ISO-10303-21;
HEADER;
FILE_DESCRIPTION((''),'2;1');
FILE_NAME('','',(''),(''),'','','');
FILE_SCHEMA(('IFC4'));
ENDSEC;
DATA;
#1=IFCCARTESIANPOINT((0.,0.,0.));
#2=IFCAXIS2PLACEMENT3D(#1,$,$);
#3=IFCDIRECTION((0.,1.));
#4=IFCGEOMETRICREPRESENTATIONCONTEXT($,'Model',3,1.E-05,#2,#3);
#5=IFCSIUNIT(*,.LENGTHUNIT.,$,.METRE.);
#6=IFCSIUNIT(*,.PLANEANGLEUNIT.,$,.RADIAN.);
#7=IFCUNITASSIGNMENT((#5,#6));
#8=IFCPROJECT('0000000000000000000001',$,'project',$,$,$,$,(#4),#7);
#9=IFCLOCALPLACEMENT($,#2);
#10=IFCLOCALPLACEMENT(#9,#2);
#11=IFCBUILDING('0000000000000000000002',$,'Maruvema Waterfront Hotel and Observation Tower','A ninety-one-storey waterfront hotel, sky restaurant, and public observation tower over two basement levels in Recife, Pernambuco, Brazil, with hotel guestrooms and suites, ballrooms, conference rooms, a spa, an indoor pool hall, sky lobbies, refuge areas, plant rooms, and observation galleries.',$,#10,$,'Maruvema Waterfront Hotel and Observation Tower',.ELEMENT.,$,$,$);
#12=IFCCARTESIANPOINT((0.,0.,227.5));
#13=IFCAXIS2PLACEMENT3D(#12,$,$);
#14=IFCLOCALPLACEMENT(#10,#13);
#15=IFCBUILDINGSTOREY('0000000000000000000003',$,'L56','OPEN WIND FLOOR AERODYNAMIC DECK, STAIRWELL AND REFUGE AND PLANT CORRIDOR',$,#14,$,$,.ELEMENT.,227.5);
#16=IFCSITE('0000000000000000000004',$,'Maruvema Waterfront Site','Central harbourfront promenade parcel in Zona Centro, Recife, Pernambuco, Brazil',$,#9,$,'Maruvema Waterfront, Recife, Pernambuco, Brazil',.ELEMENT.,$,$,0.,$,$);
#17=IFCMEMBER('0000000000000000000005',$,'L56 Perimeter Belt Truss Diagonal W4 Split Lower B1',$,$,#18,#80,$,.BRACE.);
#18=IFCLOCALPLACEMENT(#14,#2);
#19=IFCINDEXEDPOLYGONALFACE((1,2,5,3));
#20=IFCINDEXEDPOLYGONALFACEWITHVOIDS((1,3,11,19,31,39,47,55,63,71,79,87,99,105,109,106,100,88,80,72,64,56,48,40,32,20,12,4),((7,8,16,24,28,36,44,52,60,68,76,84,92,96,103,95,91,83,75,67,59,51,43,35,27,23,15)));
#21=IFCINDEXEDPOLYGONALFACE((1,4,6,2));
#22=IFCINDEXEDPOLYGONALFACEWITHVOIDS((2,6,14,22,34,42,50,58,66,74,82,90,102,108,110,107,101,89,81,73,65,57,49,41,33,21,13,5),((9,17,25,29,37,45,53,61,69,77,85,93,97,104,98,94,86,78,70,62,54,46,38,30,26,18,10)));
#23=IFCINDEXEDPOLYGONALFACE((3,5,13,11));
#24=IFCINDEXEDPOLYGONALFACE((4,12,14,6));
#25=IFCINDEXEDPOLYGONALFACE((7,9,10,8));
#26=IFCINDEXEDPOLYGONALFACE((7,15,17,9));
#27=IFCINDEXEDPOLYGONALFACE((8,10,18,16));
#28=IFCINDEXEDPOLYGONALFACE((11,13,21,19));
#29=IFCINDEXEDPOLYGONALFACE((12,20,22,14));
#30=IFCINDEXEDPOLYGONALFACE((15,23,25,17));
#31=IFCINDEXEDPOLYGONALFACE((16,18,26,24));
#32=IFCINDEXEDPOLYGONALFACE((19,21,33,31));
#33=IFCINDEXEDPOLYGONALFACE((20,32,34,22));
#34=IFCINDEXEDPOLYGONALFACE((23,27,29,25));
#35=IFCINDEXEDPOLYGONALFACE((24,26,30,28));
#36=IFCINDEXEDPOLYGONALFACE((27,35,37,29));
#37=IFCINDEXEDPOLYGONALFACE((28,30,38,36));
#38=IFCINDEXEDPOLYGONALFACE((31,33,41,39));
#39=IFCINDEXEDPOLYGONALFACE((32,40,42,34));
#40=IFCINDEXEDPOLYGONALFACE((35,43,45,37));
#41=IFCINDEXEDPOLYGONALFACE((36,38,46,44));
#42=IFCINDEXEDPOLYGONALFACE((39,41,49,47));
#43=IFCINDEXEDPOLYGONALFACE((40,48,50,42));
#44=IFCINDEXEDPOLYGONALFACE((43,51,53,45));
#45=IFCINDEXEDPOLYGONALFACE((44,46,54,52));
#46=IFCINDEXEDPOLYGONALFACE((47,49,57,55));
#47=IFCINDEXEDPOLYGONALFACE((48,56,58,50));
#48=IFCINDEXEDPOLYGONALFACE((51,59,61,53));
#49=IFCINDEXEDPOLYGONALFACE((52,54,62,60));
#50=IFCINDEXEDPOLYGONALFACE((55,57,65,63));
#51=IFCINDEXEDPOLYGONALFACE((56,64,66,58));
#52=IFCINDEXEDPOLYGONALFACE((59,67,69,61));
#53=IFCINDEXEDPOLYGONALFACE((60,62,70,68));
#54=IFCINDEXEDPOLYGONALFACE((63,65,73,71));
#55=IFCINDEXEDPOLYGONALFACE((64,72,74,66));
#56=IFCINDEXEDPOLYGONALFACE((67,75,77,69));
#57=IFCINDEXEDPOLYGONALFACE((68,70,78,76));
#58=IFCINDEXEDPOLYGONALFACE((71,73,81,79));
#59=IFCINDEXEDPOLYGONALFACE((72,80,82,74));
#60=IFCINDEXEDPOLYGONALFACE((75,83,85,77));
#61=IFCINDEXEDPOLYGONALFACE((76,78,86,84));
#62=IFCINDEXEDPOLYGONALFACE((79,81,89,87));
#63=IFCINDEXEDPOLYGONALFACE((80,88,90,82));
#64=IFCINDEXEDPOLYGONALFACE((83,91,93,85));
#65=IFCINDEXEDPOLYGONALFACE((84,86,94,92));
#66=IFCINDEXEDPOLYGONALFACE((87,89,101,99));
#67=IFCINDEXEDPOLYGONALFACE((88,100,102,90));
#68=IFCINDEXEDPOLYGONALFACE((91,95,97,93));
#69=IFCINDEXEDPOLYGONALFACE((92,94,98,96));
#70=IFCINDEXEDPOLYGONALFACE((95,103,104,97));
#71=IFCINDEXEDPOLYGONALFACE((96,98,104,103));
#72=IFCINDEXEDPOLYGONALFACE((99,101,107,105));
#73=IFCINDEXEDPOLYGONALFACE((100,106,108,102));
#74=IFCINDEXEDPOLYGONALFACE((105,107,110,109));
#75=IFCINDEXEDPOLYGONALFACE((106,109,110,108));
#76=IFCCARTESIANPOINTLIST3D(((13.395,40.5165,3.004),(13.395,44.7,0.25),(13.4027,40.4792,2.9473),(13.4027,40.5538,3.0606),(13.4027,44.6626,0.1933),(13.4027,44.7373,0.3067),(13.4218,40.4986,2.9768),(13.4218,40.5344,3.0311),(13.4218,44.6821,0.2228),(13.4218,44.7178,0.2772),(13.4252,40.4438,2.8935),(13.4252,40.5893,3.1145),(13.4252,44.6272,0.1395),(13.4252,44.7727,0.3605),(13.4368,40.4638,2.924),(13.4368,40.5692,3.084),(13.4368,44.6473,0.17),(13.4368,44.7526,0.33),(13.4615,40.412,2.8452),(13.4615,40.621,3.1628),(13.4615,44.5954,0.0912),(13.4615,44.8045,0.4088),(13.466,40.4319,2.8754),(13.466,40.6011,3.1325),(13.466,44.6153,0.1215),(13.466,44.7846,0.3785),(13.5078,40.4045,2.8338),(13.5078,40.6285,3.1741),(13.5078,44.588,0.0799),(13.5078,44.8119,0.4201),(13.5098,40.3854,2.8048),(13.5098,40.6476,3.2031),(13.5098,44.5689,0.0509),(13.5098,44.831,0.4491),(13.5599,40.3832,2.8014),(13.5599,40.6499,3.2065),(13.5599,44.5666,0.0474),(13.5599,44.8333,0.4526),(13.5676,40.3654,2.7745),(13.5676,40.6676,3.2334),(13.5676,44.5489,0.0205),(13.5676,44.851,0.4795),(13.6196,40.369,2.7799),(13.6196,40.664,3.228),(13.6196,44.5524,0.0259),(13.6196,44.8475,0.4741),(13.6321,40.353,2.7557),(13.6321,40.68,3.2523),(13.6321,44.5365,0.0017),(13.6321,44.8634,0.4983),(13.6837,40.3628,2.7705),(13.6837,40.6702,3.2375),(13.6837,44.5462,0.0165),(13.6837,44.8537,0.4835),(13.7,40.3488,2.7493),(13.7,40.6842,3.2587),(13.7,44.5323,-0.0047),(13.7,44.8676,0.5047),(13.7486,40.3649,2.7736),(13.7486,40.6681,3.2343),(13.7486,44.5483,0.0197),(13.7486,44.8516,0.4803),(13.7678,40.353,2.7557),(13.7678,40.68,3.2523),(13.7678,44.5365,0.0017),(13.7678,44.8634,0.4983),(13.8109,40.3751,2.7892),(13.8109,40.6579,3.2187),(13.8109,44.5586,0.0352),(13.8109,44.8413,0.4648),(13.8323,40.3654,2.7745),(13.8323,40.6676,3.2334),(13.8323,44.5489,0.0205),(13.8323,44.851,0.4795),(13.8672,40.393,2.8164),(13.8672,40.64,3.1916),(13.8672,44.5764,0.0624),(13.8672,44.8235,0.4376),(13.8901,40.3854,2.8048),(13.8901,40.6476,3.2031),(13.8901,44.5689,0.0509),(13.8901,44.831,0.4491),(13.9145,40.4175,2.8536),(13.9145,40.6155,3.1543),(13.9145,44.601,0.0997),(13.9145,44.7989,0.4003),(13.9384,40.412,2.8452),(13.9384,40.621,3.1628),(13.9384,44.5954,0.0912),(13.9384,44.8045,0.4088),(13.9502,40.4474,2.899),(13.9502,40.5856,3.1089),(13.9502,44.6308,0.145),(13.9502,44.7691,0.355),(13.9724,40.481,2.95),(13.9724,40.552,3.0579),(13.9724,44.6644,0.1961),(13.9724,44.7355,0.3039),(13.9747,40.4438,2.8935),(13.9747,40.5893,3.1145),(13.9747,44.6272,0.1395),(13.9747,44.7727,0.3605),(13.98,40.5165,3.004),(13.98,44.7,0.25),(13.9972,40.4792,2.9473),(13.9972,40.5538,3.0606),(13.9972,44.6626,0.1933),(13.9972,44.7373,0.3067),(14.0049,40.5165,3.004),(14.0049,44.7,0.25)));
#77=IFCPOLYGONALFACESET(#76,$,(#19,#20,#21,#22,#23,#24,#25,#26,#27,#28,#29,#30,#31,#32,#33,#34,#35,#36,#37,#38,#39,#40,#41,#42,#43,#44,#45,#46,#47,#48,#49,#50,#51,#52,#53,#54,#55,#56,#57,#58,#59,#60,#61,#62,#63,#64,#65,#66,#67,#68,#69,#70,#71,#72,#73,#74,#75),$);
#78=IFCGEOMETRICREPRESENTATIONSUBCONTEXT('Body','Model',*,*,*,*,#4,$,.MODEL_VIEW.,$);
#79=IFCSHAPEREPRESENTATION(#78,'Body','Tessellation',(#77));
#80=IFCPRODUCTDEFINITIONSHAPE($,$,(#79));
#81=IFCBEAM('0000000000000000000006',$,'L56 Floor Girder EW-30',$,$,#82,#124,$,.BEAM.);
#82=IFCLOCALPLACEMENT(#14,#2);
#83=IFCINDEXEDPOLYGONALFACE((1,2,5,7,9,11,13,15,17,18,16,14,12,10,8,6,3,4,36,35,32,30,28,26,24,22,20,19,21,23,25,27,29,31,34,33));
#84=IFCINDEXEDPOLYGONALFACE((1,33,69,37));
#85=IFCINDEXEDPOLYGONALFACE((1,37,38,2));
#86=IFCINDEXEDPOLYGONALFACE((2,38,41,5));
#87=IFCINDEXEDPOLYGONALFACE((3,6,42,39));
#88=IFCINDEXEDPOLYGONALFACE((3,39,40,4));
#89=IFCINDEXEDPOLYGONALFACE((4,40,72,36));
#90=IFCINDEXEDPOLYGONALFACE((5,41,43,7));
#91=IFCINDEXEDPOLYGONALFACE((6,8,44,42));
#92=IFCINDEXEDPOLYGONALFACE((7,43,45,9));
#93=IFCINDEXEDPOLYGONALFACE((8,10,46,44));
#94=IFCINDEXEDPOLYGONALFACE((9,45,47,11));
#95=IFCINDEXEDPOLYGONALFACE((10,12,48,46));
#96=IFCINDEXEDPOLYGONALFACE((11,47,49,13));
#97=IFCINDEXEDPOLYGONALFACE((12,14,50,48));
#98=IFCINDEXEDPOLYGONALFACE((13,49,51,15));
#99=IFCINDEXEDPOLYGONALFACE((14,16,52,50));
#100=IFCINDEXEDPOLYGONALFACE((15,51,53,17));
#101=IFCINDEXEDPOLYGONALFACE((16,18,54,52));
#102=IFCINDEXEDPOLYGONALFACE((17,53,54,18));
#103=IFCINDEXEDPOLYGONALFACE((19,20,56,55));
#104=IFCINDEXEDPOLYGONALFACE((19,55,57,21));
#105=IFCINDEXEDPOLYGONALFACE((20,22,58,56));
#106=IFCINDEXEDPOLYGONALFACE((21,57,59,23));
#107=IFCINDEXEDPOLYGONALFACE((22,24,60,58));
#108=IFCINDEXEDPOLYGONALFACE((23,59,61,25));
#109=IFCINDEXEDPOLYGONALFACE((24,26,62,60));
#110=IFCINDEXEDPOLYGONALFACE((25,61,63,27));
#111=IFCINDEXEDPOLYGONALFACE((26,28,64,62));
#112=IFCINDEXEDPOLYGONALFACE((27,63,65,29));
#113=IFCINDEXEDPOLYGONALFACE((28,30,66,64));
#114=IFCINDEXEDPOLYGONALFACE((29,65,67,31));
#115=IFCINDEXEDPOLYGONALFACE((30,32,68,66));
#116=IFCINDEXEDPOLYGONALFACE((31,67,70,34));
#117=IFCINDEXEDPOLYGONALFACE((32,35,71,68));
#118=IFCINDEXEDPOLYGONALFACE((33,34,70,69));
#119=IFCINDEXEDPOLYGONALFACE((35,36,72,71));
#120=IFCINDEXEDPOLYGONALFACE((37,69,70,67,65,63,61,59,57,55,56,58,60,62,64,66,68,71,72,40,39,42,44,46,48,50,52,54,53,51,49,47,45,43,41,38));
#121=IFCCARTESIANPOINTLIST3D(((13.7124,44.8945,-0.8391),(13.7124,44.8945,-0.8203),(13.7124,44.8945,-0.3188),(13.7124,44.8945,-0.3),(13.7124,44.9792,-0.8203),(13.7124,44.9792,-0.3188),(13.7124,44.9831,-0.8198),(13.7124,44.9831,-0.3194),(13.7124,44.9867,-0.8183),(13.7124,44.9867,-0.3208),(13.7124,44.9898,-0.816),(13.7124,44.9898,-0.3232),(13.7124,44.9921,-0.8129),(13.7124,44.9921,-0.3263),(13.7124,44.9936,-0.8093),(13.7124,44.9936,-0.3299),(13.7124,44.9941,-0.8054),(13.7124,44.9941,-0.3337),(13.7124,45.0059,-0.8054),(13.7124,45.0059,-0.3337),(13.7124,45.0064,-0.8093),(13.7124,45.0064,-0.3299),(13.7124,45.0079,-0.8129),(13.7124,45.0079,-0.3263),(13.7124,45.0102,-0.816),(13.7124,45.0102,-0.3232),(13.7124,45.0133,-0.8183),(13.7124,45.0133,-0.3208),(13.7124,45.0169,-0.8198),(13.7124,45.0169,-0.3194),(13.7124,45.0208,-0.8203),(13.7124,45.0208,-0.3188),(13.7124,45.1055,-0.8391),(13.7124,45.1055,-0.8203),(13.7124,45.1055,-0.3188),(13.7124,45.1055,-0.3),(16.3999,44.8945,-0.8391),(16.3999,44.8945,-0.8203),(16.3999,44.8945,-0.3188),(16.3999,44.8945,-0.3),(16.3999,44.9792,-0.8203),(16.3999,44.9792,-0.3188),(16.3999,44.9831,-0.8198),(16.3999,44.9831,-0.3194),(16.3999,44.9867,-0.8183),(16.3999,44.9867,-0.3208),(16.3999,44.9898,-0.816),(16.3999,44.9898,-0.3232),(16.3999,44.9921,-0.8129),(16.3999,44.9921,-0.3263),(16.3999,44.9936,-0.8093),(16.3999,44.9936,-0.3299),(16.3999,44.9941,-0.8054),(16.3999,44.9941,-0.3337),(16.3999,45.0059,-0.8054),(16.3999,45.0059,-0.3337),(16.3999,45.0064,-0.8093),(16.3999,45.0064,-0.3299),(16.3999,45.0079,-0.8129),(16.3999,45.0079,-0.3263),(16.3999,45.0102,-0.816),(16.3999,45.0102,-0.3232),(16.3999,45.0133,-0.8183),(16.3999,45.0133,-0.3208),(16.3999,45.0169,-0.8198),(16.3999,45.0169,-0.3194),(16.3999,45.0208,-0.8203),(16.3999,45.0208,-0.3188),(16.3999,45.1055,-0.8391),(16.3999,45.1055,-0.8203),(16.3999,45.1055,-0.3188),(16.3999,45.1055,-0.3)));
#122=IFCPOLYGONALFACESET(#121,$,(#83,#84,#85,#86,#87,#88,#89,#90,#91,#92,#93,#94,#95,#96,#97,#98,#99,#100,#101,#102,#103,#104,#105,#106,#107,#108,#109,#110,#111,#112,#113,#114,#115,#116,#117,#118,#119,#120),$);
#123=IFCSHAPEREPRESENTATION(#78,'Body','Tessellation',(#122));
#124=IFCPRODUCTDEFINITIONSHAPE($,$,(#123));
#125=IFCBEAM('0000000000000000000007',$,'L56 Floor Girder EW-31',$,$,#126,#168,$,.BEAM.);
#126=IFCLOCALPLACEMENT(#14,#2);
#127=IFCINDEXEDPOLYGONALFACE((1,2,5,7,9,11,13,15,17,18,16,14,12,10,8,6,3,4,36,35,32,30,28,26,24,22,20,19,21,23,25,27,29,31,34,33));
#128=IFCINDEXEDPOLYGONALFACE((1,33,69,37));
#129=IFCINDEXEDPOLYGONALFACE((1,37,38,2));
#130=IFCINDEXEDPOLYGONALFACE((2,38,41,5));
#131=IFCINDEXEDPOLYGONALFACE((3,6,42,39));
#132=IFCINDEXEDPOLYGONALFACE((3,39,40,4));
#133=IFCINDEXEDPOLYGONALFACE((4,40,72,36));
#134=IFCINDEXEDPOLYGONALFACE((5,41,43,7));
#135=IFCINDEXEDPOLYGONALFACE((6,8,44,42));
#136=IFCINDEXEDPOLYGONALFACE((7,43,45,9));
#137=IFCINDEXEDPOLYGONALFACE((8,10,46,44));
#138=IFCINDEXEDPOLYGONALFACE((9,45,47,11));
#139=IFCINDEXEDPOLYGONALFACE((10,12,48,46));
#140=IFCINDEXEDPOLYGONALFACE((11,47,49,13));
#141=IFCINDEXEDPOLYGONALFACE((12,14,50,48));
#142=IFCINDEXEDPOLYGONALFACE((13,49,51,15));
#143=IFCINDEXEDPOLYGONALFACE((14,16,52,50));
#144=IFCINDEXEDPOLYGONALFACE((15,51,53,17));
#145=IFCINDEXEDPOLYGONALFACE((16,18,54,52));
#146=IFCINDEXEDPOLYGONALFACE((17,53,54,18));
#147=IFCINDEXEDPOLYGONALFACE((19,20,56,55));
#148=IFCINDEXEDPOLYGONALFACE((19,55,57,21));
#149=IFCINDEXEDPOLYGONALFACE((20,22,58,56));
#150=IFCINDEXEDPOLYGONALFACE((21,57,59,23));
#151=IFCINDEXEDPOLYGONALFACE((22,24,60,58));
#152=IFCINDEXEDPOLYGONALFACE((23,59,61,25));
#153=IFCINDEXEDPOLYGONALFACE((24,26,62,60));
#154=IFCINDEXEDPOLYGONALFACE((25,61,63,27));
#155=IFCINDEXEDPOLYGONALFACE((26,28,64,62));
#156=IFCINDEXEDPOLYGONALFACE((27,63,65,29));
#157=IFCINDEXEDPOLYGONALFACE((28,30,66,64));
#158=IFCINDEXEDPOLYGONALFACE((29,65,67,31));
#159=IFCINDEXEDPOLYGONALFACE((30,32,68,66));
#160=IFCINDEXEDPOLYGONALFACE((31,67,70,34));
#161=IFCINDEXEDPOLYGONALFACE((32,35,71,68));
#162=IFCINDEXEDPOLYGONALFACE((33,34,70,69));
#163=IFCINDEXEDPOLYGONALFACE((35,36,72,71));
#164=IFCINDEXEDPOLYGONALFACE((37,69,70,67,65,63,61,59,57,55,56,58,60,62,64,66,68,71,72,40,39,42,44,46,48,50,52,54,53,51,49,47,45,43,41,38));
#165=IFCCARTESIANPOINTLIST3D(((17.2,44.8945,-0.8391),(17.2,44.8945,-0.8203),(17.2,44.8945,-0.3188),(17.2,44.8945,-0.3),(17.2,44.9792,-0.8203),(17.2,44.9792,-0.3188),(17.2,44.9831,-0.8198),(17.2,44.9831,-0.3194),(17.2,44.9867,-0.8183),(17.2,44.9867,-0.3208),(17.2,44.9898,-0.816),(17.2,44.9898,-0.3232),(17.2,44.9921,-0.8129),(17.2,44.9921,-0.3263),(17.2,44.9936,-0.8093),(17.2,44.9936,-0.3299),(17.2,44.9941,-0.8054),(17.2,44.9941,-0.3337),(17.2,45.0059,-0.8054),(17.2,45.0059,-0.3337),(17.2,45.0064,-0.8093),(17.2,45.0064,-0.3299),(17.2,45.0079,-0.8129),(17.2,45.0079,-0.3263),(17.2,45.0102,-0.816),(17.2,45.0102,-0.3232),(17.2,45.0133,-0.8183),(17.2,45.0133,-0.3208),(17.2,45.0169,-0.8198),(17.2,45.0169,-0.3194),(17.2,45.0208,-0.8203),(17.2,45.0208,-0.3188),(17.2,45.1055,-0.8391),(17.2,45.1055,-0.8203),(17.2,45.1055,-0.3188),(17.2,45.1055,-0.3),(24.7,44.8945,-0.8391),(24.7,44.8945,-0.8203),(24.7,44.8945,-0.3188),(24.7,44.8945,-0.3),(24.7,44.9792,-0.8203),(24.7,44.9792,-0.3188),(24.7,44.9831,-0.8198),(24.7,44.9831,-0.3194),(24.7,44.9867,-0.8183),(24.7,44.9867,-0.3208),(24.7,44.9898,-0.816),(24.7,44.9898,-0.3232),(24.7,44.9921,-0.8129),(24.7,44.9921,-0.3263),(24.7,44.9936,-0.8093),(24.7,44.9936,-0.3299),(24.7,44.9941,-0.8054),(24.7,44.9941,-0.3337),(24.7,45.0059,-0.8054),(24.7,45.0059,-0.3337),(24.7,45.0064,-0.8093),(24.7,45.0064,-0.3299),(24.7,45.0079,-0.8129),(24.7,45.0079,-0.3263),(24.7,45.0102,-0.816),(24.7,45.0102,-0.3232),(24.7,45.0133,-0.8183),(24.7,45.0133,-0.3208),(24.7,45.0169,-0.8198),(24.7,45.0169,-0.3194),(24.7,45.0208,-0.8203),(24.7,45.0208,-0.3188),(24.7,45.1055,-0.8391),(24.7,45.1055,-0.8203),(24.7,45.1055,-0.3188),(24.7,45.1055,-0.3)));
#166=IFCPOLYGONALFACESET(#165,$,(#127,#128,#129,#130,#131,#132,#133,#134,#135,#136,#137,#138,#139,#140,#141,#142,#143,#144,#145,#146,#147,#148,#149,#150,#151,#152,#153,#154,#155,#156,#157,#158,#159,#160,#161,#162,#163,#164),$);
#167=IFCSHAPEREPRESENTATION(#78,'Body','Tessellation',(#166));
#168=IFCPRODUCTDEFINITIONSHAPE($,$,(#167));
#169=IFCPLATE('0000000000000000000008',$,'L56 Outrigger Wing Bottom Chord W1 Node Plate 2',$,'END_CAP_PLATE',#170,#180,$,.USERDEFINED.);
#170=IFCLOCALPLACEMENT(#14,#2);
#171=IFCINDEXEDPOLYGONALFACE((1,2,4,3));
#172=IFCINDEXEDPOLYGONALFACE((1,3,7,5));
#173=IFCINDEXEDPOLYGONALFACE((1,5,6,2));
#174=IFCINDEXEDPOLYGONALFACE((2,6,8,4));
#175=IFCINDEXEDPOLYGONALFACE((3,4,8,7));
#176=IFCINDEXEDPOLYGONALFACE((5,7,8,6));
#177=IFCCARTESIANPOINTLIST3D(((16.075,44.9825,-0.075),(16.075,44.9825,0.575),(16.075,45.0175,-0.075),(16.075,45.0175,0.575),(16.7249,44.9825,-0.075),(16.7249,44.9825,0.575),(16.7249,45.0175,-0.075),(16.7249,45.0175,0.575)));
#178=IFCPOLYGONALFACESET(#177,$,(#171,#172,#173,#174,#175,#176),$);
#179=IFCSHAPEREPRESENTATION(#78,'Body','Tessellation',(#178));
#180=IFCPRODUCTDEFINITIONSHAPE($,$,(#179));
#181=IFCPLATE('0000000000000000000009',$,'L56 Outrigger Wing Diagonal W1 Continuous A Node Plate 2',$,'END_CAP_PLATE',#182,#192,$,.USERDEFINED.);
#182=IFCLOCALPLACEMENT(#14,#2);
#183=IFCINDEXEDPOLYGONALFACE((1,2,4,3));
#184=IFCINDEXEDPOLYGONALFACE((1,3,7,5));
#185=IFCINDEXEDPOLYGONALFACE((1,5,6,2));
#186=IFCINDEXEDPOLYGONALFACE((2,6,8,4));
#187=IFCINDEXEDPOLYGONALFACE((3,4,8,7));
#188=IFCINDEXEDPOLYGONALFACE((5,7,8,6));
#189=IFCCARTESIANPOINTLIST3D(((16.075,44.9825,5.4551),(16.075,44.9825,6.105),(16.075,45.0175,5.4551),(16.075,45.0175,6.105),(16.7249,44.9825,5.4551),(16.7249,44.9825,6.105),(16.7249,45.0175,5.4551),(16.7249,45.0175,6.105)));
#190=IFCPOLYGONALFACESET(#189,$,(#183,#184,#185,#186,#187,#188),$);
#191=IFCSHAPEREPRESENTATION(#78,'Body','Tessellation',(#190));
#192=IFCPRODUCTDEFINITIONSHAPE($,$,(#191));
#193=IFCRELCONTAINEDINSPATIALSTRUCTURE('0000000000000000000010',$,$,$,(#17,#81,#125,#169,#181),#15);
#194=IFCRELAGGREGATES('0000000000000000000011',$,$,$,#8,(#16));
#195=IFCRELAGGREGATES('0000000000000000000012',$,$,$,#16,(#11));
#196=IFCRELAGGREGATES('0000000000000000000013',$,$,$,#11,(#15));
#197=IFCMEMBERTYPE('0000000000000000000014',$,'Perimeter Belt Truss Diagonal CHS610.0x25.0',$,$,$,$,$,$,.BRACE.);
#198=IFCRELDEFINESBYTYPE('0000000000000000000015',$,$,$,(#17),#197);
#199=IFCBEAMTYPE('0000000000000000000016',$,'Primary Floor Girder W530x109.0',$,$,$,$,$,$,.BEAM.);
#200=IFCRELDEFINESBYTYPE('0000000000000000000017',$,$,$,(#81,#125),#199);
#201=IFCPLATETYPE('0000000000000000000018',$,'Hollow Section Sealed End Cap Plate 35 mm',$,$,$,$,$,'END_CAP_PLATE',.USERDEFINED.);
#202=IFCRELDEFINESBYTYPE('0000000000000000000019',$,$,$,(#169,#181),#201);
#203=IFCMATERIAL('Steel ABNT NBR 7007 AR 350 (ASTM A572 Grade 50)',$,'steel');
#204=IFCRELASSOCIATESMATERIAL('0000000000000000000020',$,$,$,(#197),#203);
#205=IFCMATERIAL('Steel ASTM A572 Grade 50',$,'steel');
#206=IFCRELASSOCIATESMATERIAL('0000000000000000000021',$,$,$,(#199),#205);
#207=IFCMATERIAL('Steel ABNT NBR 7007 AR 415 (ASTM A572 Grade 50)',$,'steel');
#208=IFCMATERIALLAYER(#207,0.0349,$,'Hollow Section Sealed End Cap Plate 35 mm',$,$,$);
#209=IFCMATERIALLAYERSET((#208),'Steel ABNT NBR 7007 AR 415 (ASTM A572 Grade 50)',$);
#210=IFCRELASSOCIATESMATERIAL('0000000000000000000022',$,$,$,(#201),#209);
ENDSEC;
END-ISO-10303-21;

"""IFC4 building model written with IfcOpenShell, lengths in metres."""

from ifc_helpers import new_model, si_unit, direction, frame, origin, origin_2d, place, context, subcontext, project, spatial, rectangle, hollow_circle, i_section, extrude, material, layer, layer_set, material_profile, profile_set, type_object, element, save


model = new_model("IFC4")

# Units and contexts
model_context = context("Model", 3, precision=1e-05, world=origin(), true_north=direction((0.0, 1.0)))
body_context = subcontext(model_context, "Body", "Model", "MODEL_VIEW")
ifc_project = project(units=[si_unit("LENGTHUNIT", "METRE"), si_unit("PLANEANGLEUNIT", "RADIAN")], contexts=[model_context])

# Site, building, storey
site_placement = place(None, origin())
site = spatial("IfcSite", under=ifc_project, at=site_placement, Name="Maruvema Waterfront Site", Description="Central harbourfront promenade parcel in Zona Centro, Recife, Pernambuco, Brazil", LongName="Maruvema Waterfront, Recife, Pernambuco, Brazil", CompositionType="ELEMENT", RefElevation=0.0)
building_placement = place(site_placement, origin())
building = spatial("IfcBuilding", under=site, at=building_placement, Name="Maruvema Waterfront Hotel and Observation Tower", Description="A ninety-one-storey waterfront hotel, sky restaurant, and public observation tower over two basement levels in Recife, Pernambuco, Brazil, with hotel guestrooms and suites, ballrooms, conference rooms, a spa, an indoor pool hall, sky lobbies, refuge areas, plant rooms, and observation galleries.", LongName="Maruvema Waterfront Hotel and Observation Tower", CompositionType="ELEMENT")
storey_placement = place(building_placement, frame((0.0, 0.0, 227.5)))
storey = spatial("IfcBuildingStorey", under=building, at=storey_placement, Name="L56", Description="OPEN WIND FLOOR AERODYNAMIC DECK, STAIRWELL AND REFUGE AND PLANT CORRIDOR", CompositionType="ELEMENT", Elevation=227.5)

# Member
ifc_material_1 = material(Name="Steel ABNT NBR 7007 AR 350 (ASTM A572 Grade 50)", Category="steel")
ifc_material_profile_1 = material_profile(ifc_material_1, hollow_circle(Radius=0.3049, WallThickness=0.0249, at=origin_2d()), Name="CHS610.0x25.0")
ifc_profile_set_1 = profile_set([ifc_material_profile_1], Name="Steel ABNT NBR 7007 AR 350 (ASTM A572 Grade 50)")
member_type_1 = type_object("IfcMemberType", Name="Perimeter Belt Truss Diagonal CHS610.0x25.0", PredefinedType="BRACE", material=ifc_profile_set_1)
member_1_placement = place(storey_placement, frame((13.7, 44.7, 0.25), z_axis=(0.0, -0.835261, 0.549854), x_axis=(1.0, 0.0, 0.0)))
element("IfcMember", 1, at=member_1_placement, inside=storey, type_object=member_type_1, Name="L56 Perimeter Belt Truss Diagonal W4 Split Lower B1", PredefinedType="BRACE", context=body_context, shape_type="SweptSolid", body=[
    extrude(hollow_circle(Radius=0.3049, WallThickness=0.0249, at=origin_2d()), origin(), (0.0, 0.0, 1.0), 5.0085),
])

# Beams
ifc_material_2 = material(Name="Steel ASTM A572 Grade 50", Category="steel")
ifc_material_profile_2 = material_profile(ifc_material_2, i_section(OverallWidth=0.2109, OverallDepth=0.5391, WebThickness=0.0117, FlangeThickness=0.0188, FilletRadius=0.0149, at=origin_2d()), Name="W530x109.0")
ifc_profile_set_2 = profile_set([ifc_material_profile_2], Name="Steel ASTM A572 Grade 50")
beam_type = type_object("IfcBeamType", Name="Primary Floor Girder W530x109.0", PredefinedType="BEAM", material=ifc_profile_set_2)
beam_1_placement = place(storey_placement, frame((13.7124, 45.0, -0.5696), z_axis=(1.0, 0.0, 0.0), x_axis=(0.0, 1.0, 0.0)))
element("IfcBeam", 2, at=beam_1_placement, inside=storey, type_object=beam_type, Name="L56 Floor Girder EW-30", PredefinedType="BEAM", context=body_context, shape_type="SweptSolid", body=[
    extrude(i_section(OverallWidth=0.2109, OverallDepth=0.5391, WebThickness=0.0117, FlangeThickness=0.0188, FilletRadius=0.0149, at=origin_2d()), origin(), (0.0, 0.0, 1.0), 2.6875),
])
beam_2_placement = place(storey_placement, frame((17.2, 45.0, -0.5696), z_axis=(1.0, 0.0, 0.0), x_axis=(0.0, 1.0, 0.0)))
element("IfcBeam", 3, at=beam_2_placement, inside=storey, type_object=beam_type, Name="L56 Floor Girder EW-31", PredefinedType="BEAM", context=body_context, shape_type="SweptSolid", body=[
    extrude(i_section(OverallWidth=0.2109, OverallDepth=0.5391, WebThickness=0.0117, FlangeThickness=0.0188, FilletRadius=0.0149, at=origin_2d()), origin(), (0.0, 0.0, 1.0), 7.5),
])

# Plates
ifc_material_3 = material(Name="Steel ABNT NBR 7007 AR 415 (ASTM A572 Grade 50)", Category="steel")
ifc_layer_1 = layer(ifc_material_3, 0.0349, Name="Hollow Section Sealed End Cap Plate 35 mm")
ifc_layer_set_1 = layer_set([ifc_layer_1], Name="Steel ABNT NBR 7007 AR 415 (ASTM A572 Grade 50)")
plate_type_1 = type_object("IfcPlateType", Name="Hollow Section Sealed End Cap Plate 35 mm", ElementType="END_CAP_PLATE", PredefinedType="USERDEFINED", material=ifc_layer_set_1)
for number, where, z_axis, x_axis, name in (
    (4, (16.3999, 45.0, -0.075), (0.0, 0.0, 1.0), (1.0, 0.0, 0.0), "L56 Outrigger Wing Bottom Chord W1 Node Plate 2"),
    (5, (16.3999, 45.0, 5.4551), (0.0, 0.0, 1.0), (1.0, 0.0, 0.0), "L56 Outrigger Wing Diagonal W1 Continuous A Node Plate 2"),
):
    element("IfcPlate", number, at=place(storey_placement, frame(where, z_axis=z_axis, x_axis=x_axis)), inside=storey, type_object=plate_type_1, Name=name, ObjectType="END_CAP_PLATE", PredefinedType="USERDEFINED", context=body_context, shape_type="SweptSolid", body=[
        extrude(rectangle(XDim=0.6499, YDim=0.0349, at=origin_2d()), origin(), (0.0, 0.0, 1.0), 0.6499),
    ])

save(model, "model.ifc")
